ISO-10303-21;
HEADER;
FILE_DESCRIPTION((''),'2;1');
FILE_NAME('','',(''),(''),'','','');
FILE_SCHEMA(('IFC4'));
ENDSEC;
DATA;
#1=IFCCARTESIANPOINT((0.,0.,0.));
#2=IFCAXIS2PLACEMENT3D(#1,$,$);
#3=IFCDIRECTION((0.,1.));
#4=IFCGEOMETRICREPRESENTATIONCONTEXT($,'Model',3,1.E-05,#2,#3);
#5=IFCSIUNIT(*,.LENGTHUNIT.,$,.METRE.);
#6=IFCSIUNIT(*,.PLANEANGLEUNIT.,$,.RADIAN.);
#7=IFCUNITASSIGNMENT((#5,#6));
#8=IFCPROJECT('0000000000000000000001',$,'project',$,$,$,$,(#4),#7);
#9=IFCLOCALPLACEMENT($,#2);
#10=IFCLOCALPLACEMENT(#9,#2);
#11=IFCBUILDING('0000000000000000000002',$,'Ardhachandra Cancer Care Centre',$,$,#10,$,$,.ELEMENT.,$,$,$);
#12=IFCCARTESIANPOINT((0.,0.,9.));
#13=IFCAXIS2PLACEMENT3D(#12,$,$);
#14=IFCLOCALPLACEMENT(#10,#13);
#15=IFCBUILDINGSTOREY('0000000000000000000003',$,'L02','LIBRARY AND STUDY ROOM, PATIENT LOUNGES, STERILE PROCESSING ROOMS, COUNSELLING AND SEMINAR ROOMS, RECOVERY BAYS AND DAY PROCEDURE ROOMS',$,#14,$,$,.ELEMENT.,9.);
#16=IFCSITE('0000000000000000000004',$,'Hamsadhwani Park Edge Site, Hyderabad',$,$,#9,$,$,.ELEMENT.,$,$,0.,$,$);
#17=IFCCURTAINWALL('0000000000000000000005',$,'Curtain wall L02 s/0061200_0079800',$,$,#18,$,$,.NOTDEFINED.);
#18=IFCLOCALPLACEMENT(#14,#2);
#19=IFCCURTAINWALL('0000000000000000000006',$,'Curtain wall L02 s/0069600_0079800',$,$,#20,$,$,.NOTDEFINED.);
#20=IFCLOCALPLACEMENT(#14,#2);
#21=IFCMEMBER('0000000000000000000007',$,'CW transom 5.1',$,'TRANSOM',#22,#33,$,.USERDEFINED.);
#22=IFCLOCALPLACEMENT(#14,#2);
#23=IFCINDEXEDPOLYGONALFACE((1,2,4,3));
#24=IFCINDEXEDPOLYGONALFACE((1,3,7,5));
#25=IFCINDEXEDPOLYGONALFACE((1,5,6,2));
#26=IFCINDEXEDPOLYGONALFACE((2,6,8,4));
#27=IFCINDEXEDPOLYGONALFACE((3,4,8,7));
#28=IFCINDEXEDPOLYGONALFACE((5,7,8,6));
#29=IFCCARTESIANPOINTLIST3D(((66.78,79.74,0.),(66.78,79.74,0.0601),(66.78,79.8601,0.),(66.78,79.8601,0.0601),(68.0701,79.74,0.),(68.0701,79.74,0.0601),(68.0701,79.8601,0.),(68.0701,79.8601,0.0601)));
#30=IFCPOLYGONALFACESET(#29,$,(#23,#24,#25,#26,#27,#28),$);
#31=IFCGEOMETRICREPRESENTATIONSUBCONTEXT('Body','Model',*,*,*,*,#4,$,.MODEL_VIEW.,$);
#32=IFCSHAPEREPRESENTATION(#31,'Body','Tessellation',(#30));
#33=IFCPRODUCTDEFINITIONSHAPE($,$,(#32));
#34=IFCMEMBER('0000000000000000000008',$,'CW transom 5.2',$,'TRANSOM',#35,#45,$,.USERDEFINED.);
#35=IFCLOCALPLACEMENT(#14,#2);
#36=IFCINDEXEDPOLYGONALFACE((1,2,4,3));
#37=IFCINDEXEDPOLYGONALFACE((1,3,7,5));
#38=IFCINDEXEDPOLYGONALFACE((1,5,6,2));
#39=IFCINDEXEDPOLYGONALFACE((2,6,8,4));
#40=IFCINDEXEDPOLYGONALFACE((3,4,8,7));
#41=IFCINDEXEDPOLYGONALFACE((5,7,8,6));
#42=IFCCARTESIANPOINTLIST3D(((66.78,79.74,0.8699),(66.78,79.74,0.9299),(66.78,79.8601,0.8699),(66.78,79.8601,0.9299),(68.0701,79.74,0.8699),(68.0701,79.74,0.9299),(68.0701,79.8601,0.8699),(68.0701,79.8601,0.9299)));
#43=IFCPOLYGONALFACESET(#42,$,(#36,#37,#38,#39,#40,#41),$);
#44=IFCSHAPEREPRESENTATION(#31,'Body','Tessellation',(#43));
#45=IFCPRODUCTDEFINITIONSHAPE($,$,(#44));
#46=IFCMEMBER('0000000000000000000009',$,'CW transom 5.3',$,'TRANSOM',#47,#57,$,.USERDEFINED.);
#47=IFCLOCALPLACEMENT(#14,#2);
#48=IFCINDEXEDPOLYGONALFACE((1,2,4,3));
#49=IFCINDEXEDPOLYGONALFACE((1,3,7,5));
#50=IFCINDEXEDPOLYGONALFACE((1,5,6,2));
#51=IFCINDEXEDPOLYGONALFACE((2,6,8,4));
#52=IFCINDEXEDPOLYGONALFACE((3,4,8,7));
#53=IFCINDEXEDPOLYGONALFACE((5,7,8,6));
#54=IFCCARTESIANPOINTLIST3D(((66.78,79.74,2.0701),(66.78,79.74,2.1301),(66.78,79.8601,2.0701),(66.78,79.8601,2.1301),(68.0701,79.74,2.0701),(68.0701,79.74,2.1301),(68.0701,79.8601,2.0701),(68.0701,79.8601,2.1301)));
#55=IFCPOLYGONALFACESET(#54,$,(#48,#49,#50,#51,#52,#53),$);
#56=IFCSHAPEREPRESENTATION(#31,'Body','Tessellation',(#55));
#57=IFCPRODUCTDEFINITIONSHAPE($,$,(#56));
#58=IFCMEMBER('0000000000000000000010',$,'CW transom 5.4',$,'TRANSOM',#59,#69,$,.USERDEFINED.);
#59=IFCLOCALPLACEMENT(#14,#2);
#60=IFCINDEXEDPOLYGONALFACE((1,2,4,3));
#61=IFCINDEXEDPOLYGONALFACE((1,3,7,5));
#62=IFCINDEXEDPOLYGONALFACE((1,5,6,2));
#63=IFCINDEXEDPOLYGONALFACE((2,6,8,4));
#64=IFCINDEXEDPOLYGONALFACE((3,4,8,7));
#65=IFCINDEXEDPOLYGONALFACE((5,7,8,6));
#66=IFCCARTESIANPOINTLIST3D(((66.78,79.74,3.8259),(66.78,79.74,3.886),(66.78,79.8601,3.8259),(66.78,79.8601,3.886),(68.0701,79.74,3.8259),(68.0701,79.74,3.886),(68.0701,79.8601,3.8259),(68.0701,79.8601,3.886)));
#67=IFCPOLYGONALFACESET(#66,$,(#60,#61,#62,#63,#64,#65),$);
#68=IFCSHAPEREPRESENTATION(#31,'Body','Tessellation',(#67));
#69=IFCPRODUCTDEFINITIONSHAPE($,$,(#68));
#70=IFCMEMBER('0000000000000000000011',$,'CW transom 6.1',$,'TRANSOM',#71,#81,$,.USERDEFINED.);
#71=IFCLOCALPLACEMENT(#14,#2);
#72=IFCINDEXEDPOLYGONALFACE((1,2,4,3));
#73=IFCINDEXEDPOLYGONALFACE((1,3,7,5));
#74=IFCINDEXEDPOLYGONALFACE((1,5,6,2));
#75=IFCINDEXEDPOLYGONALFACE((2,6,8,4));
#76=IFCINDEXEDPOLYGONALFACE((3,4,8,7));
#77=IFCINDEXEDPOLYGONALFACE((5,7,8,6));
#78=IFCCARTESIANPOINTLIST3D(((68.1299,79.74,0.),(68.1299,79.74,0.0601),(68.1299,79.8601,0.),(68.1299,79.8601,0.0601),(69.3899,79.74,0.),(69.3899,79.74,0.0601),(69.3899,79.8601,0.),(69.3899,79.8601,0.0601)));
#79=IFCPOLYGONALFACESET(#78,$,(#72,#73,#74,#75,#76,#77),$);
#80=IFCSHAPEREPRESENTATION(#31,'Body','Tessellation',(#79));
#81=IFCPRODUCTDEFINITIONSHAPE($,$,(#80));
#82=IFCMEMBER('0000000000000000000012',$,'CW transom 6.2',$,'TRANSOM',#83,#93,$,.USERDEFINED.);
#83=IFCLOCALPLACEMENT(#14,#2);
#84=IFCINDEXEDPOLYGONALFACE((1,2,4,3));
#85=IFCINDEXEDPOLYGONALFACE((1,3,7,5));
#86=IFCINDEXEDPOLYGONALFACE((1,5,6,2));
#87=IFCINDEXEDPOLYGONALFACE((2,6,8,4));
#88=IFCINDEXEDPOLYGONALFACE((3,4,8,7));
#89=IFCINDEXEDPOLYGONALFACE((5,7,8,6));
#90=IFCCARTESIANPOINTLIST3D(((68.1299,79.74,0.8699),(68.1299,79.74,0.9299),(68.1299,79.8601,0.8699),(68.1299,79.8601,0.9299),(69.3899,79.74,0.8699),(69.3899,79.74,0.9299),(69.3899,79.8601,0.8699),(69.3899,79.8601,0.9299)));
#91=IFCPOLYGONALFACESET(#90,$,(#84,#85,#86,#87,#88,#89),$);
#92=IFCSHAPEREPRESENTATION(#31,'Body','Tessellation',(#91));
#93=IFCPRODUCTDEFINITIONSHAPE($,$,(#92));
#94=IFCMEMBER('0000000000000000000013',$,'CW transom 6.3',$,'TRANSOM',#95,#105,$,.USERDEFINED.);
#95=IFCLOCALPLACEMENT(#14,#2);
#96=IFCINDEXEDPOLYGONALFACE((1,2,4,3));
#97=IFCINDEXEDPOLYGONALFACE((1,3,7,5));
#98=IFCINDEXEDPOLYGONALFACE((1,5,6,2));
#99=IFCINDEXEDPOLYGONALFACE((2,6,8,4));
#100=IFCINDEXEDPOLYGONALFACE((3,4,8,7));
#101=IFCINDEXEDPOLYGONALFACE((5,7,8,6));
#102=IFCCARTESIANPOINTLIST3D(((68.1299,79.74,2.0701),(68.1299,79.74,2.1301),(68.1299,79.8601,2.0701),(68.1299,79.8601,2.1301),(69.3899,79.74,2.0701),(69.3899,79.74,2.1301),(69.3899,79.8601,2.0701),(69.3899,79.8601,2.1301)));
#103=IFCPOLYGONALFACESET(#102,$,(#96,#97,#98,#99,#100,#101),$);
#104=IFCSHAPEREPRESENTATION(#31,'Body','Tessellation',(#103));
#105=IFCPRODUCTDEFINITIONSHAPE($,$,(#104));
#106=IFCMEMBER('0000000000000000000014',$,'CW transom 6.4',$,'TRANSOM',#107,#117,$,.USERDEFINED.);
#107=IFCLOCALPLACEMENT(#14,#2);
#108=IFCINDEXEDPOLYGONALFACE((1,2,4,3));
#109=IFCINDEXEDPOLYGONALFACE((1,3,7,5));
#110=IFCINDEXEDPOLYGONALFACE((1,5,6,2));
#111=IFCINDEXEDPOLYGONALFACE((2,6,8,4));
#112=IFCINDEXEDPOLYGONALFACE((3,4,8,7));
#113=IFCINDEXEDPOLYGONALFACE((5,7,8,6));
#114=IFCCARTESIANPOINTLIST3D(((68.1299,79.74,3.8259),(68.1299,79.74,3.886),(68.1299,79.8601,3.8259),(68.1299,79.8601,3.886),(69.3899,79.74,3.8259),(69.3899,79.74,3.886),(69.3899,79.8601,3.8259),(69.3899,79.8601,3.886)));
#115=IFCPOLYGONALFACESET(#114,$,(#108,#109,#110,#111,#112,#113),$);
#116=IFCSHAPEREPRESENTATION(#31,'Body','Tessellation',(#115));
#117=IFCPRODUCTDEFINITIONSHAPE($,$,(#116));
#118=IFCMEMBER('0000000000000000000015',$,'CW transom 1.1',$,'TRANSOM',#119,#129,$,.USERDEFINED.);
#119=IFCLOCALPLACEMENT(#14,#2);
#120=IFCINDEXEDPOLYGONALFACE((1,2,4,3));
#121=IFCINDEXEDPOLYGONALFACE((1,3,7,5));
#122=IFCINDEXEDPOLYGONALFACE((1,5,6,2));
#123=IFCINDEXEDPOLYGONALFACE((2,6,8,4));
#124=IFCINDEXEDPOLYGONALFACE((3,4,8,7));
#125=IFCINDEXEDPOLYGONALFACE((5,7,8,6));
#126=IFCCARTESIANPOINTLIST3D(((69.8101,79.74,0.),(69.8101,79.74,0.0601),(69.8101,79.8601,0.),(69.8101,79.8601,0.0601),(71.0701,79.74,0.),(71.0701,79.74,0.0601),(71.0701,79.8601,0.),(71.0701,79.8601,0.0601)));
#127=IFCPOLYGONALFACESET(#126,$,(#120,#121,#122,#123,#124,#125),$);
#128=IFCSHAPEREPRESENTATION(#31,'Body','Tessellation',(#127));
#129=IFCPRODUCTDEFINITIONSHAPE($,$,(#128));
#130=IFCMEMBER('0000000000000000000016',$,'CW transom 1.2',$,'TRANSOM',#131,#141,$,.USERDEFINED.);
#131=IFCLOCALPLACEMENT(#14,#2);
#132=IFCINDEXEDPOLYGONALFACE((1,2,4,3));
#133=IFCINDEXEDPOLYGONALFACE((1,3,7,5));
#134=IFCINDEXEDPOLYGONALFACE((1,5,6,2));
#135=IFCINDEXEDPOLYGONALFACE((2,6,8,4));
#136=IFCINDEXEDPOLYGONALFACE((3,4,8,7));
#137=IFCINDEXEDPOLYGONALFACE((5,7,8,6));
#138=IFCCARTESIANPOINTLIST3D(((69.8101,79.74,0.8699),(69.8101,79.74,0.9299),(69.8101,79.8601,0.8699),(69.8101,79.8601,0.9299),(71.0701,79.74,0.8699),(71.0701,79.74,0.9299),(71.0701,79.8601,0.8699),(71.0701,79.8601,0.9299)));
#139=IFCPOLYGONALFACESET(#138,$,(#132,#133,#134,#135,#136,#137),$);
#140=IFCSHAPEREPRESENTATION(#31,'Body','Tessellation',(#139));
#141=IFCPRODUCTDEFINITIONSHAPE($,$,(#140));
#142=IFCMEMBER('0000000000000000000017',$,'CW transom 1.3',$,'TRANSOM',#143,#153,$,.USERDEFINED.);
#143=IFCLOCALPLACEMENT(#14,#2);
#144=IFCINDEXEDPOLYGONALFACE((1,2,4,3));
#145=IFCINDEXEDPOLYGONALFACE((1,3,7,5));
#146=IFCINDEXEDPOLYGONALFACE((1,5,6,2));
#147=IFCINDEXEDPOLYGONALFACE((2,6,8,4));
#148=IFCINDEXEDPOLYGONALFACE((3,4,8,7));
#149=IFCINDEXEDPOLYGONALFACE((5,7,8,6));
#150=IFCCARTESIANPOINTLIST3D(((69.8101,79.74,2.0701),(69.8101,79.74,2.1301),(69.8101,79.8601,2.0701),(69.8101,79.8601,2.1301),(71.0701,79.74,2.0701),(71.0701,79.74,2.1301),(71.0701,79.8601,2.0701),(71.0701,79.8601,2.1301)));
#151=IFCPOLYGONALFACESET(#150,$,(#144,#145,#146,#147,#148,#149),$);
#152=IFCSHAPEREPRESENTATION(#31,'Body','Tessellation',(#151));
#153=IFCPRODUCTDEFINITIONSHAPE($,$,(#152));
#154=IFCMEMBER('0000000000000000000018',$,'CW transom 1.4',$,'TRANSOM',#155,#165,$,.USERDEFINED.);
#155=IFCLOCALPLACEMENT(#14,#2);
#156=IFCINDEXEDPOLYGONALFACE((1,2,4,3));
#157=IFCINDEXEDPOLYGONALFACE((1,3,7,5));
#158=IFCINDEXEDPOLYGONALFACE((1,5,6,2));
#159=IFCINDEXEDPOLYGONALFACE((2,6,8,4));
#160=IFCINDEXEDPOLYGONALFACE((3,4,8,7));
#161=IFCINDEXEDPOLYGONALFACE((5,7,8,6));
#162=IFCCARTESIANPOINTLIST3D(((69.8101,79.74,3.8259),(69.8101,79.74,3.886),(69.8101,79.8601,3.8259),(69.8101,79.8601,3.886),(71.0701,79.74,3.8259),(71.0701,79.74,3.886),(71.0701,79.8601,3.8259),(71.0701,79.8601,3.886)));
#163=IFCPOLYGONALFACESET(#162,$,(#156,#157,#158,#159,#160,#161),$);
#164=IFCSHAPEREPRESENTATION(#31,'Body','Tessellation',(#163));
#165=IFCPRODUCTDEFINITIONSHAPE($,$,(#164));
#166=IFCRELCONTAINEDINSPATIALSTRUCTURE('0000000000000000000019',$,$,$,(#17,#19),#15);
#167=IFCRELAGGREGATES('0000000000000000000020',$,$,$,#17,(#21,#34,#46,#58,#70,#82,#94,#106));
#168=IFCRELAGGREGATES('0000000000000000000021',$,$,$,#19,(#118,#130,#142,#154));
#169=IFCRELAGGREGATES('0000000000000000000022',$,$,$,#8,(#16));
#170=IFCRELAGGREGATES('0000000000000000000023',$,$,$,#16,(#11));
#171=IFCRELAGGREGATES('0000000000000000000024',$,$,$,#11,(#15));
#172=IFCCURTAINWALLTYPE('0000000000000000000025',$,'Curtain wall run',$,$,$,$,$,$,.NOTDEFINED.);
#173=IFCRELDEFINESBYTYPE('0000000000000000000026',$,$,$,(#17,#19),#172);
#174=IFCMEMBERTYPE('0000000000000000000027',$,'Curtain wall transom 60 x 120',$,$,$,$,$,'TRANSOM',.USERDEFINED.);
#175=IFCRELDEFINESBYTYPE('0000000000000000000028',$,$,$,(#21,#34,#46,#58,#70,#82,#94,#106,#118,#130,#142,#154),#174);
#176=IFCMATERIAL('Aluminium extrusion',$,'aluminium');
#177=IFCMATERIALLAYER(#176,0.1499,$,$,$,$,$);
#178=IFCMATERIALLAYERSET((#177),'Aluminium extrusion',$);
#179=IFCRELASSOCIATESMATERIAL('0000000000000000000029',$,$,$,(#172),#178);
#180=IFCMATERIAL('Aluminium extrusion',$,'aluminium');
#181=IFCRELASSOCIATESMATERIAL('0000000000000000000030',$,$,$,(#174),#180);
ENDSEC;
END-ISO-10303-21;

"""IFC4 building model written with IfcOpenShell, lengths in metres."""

from ifc_helpers import new_model, si_unit, direction, frame, origin, origin_2d, place, context, subcontext, project, spatial, rectangle, extrude, material, layer, layer_set, material_profile, profile_set, type_object, element, aggregate, save


model = new_model("IFC4")

# Units and contexts
model_context = context("Model", 3, precision=1e-05, world=origin(), true_north=direction((0.0, 1.0)))
body_context = subcontext(model_context, "Body", "Model", "MODEL_VIEW")
ifc_project = project(units=[si_unit("LENGTHUNIT", "METRE"), si_unit("PLANEANGLEUNIT", "RADIAN")], contexts=[model_context])

# Site, building, storey
site_placement = place(None, origin())
site = spatial("IfcSite", under=ifc_project, at=site_placement, Name="Hamsadhwani Park Edge Site, Hyderabad", CompositionType="ELEMENT", RefElevation=0.0)
building_placement = place(site_placement, origin())
building = spatial("IfcBuilding", under=site, at=building_placement, Name="Ardhachandra Cancer Care Centre", CompositionType="ELEMENT")
storey_placement = place(building_placement, frame((0.0, 0.0, 9.0)))
storey = spatial("IfcBuildingStorey", under=building, at=storey_placement, Name="L02", Description="LIBRARY AND STUDY ROOM, PATIENT LOUNGES, STERILE PROCESSING ROOMS, COUNSELLING AND SEMINAR ROOMS, RECOVERY BAYS AND DAY PROCEDURE ROOMS", CompositionType="ELEMENT", Elevation=9.0)

# Curtain wall
ifc_material_1 = material(Name="Aluminium extrusion", Category="aluminium")
ifc_layer_1 = layer(ifc_material_1, 0.1499)
ifc_layer_set_1 = layer_set([ifc_layer_1], Name="Aluminium extrusion")
curtain_wall_type = type_object("IfcCurtainWallType", Name="Curtain wall run", PredefinedType="NOTDEFINED", material=ifc_layer_set_1)
curtain_wall_1_placement = place(storey_placement, origin())
curtain_wall_1 = element("IfcCurtainWall", 1, at=curtain_wall_1_placement, inside=storey, type_object=curtain_wall_type, Name="Curtain wall L02 s/0061200_0079800", PredefinedType="NOTDEFINED")

# Curtain wall
curtain_wall_2_placement = place(storey_placement, origin())
curtain_wall_2 = element("IfcCurtainWall", 2, at=curtain_wall_2_placement, inside=storey, type_object=curtain_wall_type, Name="Curtain wall L02 s/0069600_0079800", PredefinedType="NOTDEFINED")

# Members
ifc_material_2 = material(Name="Aluminium extrusion", Category="aluminium")
ifc_material_profile_1 = material_profile(ifc_material_2, rectangle(XDim=0.1201, YDim=0.0601, at=origin_2d()), Name="Curtain wall transom 60 x 120")
ifc_profile_set_1 = profile_set([ifc_material_profile_1], Name="Aluminium extrusion")
member_type_1 = type_object("IfcMemberType", Name="Curtain wall transom 60 x 120", ElementType="TRANSOM", PredefinedType="USERDEFINED", material=ifc_profile_set_1)
member_1_placement = place(storey_placement, frame((66.78, 79.8, 0.03), z_axis=(1.0, 0.0, 0.0), x_axis=(0.0, 1.0, 0.0)))
member_1 = element("IfcMember", 3, at=member_1_placement, type_object=member_type_1, Name="CW transom 5.1", ObjectType="TRANSOM", PredefinedType="USERDEFINED", context=body_context, shape_type="SweptSolid", body=[
    extrude(rectangle(XDim=0.1201, YDim=0.0601, at=origin_2d()), origin(), (0.0, 0.0, 1.0), 1.29),
])
member_2_placement = place(storey_placement, frame((66.78, 79.8, 0.8999), z_axis=(1.0, 0.0, 0.0), x_axis=(0.0, 1.0, 0.0)))
member_2 = element("IfcMember", 4, at=member_2_placement, type_object=member_type_1, Name="CW transom 5.2", ObjectType="TRANSOM", PredefinedType="USERDEFINED", context=body_context, shape_type="SweptSolid", body=[
    extrude(rectangle(XDim=0.1201, YDim=0.0601, at=origin_2d()), origin(), (0.0, 0.0, 1.0), 1.29),
])
member_3_placement = place(storey_placement, frame((66.78, 79.8, 2.1001), z_axis=(1.0, 0.0, 0.0), x_axis=(0.0, 1.0, 0.0)))
member_3 = element("IfcMember", 5, at=member_3_placement, type_object=member_type_1, Name="CW transom 5.3", ObjectType="TRANSOM", PredefinedType="USERDEFINED", context=body_context, shape_type="SweptSolid", body=[
    extrude(rectangle(XDim=0.1201, YDim=0.0601, at=origin_2d()), origin(), (0.0, 0.0, 1.0), 1.29),
])
member_4_placement = place(storey_placement, frame((66.78, 79.8, 3.856), z_axis=(1.0, 0.0, 0.0), x_axis=(0.0, 1.0, 0.0)))
member_4 = element("IfcMember", 6, at=member_4_placement, type_object=member_type_1, Name="CW transom 5.4", ObjectType="TRANSOM", PredefinedType="USERDEFINED", context=body_context, shape_type="SweptSolid", body=[
    extrude(rectangle(XDim=0.1201, YDim=0.0601, at=origin_2d()), origin(), (0.0, 0.0, 1.0), 1.29),
])
member_5_placement = place(storey_placement, frame((68.1299, 79.8, 0.03), z_axis=(1.0, 0.0, 0.0), x_axis=(0.0, 1.0, 0.0)))
member_5 = element("IfcMember", 7, at=member_5_placement, type_object=member_type_1, Name="CW transom 6.1", ObjectType="TRANSOM", PredefinedType="USERDEFINED", context=body_context, shape_type="SweptSolid", body=[
    extrude(rectangle(XDim=0.1201, YDim=0.0601, at=origin_2d()), origin(), (0.0, 0.0, 1.0), 1.26),
])
member_6_placement = place(storey_placement, frame((68.1299, 79.8, 0.8999), z_axis=(1.0, 0.0, 0.0), x_axis=(0.0, 1.0, 0.0)))
member_6 = element("IfcMember", 8, at=member_6_placement, type_object=member_type_1, Name="CW transom 6.2", ObjectType="TRANSOM", PredefinedType="USERDEFINED", context=body_context, shape_type="SweptSolid", body=[
    extrude(rectangle(XDim=0.1201, YDim=0.0601, at=origin_2d()), origin(), (0.0, 0.0, 1.0), 1.26),
])
member_7_placement = place(storey_placement, frame((68.1299, 79.8, 2.1001), z_axis=(1.0, 0.0, 0.0), x_axis=(0.0, 1.0, 0.0)))
member_7 = element("IfcMember", 9, at=member_7_placement, type_object=member_type_1, Name="CW transom 6.3", ObjectType="TRANSOM", PredefinedType="USERDEFINED", context=body_context, shape_type="SweptSolid", body=[
    extrude(rectangle(XDim=0.1201, YDim=0.0601, at=origin_2d()), origin(), (0.0, 0.0, 1.0), 1.26),
])
member_8_placement = place(storey_placement, frame((68.1299, 79.8, 3.856), z_axis=(1.0, 0.0, 0.0), x_axis=(0.0, 1.0, 0.0)))
member_8 = element("IfcMember", 10, at=member_8_placement, type_object=member_type_1, Name="CW transom 6.4", ObjectType="TRANSOM", PredefinedType="USERDEFINED", context=body_context, shape_type="SweptSolid", body=[
    extrude(rectangle(XDim=0.1201, YDim=0.0601, at=origin_2d()), origin(), (0.0, 0.0, 1.0), 1.26),
])
member_9_placement = place(storey_placement, frame((69.8101, 79.8, 0.03), z_axis=(1.0, 0.0, 0.0), x_axis=(0.0, 1.0, 0.0)))
member_9 = element("IfcMember", 11, at=member_9_placement, type_object=member_type_1, Name="CW transom 1.1", ObjectType="TRANSOM", PredefinedType="USERDEFINED", context=body_context, shape_type="SweptSolid", body=[
    extrude(rectangle(XDim=0.1201, YDim=0.0601, at=origin_2d()), origin(), (0.0, 0.0, 1.0), 1.26),
])
member_10_placement = place(storey_placement, frame((69.8101, 79.8, 0.8999), z_axis=(1.0, 0.0, 0.0), x_axis=(0.0, 1.0, 0.0)))
member_10 = element("IfcMember", 12, at=member_10_placement, type_object=member_type_1, Name="CW transom 1.2", ObjectType="TRANSOM", PredefinedType="USERDEFINED", context=body_context, shape_type="SweptSolid", body=[
    extrude(rectangle(XDim=0.1201, YDim=0.0601, at=origin_2d()), origin(), (0.0, 0.0, 1.0), 1.26),
])
member_11_placement = place(storey_placement, frame((69.8101, 79.8, 2.1001), z_axis=(1.0, 0.0, 0.0), x_axis=(0.0, 1.0, 0.0)))
member_11 = element("IfcMember", 13, at=member_11_placement, type_object=member_type_1, Name="CW transom 1.3", ObjectType="TRANSOM", PredefinedType="USERDEFINED", context=body_context, shape_type="SweptSolid", body=[
    extrude(rectangle(XDim=0.1201, YDim=0.0601, at=origin_2d()), origin(), (0.0, 0.0, 1.0), 1.26),
])
member_12_placement = place(storey_placement, frame((69.8101, 79.8, 3.856), z_axis=(1.0, 0.0, 0.0), x_axis=(0.0, 1.0, 0.0)))
member_12 = element("IfcMember", 14, at=member_12_placement, type_object=member_type_1, Name="CW transom 1.4", ObjectType="TRANSOM", PredefinedType="USERDEFINED", context=body_context, shape_type="SweptSolid", body=[
    extrude(rectangle(XDim=0.1201, YDim=0.0601, at=origin_2d()), origin(), (0.0, 0.0, 1.0), 1.26),
])

aggregate(curtain_wall_1, [member_1, member_2, member_3, member_4, member_5, member_6, member_7, member_8])
aggregate(curtain_wall_2, [member_9, member_10, member_11, member_12])

save(model, "model.ifc")
